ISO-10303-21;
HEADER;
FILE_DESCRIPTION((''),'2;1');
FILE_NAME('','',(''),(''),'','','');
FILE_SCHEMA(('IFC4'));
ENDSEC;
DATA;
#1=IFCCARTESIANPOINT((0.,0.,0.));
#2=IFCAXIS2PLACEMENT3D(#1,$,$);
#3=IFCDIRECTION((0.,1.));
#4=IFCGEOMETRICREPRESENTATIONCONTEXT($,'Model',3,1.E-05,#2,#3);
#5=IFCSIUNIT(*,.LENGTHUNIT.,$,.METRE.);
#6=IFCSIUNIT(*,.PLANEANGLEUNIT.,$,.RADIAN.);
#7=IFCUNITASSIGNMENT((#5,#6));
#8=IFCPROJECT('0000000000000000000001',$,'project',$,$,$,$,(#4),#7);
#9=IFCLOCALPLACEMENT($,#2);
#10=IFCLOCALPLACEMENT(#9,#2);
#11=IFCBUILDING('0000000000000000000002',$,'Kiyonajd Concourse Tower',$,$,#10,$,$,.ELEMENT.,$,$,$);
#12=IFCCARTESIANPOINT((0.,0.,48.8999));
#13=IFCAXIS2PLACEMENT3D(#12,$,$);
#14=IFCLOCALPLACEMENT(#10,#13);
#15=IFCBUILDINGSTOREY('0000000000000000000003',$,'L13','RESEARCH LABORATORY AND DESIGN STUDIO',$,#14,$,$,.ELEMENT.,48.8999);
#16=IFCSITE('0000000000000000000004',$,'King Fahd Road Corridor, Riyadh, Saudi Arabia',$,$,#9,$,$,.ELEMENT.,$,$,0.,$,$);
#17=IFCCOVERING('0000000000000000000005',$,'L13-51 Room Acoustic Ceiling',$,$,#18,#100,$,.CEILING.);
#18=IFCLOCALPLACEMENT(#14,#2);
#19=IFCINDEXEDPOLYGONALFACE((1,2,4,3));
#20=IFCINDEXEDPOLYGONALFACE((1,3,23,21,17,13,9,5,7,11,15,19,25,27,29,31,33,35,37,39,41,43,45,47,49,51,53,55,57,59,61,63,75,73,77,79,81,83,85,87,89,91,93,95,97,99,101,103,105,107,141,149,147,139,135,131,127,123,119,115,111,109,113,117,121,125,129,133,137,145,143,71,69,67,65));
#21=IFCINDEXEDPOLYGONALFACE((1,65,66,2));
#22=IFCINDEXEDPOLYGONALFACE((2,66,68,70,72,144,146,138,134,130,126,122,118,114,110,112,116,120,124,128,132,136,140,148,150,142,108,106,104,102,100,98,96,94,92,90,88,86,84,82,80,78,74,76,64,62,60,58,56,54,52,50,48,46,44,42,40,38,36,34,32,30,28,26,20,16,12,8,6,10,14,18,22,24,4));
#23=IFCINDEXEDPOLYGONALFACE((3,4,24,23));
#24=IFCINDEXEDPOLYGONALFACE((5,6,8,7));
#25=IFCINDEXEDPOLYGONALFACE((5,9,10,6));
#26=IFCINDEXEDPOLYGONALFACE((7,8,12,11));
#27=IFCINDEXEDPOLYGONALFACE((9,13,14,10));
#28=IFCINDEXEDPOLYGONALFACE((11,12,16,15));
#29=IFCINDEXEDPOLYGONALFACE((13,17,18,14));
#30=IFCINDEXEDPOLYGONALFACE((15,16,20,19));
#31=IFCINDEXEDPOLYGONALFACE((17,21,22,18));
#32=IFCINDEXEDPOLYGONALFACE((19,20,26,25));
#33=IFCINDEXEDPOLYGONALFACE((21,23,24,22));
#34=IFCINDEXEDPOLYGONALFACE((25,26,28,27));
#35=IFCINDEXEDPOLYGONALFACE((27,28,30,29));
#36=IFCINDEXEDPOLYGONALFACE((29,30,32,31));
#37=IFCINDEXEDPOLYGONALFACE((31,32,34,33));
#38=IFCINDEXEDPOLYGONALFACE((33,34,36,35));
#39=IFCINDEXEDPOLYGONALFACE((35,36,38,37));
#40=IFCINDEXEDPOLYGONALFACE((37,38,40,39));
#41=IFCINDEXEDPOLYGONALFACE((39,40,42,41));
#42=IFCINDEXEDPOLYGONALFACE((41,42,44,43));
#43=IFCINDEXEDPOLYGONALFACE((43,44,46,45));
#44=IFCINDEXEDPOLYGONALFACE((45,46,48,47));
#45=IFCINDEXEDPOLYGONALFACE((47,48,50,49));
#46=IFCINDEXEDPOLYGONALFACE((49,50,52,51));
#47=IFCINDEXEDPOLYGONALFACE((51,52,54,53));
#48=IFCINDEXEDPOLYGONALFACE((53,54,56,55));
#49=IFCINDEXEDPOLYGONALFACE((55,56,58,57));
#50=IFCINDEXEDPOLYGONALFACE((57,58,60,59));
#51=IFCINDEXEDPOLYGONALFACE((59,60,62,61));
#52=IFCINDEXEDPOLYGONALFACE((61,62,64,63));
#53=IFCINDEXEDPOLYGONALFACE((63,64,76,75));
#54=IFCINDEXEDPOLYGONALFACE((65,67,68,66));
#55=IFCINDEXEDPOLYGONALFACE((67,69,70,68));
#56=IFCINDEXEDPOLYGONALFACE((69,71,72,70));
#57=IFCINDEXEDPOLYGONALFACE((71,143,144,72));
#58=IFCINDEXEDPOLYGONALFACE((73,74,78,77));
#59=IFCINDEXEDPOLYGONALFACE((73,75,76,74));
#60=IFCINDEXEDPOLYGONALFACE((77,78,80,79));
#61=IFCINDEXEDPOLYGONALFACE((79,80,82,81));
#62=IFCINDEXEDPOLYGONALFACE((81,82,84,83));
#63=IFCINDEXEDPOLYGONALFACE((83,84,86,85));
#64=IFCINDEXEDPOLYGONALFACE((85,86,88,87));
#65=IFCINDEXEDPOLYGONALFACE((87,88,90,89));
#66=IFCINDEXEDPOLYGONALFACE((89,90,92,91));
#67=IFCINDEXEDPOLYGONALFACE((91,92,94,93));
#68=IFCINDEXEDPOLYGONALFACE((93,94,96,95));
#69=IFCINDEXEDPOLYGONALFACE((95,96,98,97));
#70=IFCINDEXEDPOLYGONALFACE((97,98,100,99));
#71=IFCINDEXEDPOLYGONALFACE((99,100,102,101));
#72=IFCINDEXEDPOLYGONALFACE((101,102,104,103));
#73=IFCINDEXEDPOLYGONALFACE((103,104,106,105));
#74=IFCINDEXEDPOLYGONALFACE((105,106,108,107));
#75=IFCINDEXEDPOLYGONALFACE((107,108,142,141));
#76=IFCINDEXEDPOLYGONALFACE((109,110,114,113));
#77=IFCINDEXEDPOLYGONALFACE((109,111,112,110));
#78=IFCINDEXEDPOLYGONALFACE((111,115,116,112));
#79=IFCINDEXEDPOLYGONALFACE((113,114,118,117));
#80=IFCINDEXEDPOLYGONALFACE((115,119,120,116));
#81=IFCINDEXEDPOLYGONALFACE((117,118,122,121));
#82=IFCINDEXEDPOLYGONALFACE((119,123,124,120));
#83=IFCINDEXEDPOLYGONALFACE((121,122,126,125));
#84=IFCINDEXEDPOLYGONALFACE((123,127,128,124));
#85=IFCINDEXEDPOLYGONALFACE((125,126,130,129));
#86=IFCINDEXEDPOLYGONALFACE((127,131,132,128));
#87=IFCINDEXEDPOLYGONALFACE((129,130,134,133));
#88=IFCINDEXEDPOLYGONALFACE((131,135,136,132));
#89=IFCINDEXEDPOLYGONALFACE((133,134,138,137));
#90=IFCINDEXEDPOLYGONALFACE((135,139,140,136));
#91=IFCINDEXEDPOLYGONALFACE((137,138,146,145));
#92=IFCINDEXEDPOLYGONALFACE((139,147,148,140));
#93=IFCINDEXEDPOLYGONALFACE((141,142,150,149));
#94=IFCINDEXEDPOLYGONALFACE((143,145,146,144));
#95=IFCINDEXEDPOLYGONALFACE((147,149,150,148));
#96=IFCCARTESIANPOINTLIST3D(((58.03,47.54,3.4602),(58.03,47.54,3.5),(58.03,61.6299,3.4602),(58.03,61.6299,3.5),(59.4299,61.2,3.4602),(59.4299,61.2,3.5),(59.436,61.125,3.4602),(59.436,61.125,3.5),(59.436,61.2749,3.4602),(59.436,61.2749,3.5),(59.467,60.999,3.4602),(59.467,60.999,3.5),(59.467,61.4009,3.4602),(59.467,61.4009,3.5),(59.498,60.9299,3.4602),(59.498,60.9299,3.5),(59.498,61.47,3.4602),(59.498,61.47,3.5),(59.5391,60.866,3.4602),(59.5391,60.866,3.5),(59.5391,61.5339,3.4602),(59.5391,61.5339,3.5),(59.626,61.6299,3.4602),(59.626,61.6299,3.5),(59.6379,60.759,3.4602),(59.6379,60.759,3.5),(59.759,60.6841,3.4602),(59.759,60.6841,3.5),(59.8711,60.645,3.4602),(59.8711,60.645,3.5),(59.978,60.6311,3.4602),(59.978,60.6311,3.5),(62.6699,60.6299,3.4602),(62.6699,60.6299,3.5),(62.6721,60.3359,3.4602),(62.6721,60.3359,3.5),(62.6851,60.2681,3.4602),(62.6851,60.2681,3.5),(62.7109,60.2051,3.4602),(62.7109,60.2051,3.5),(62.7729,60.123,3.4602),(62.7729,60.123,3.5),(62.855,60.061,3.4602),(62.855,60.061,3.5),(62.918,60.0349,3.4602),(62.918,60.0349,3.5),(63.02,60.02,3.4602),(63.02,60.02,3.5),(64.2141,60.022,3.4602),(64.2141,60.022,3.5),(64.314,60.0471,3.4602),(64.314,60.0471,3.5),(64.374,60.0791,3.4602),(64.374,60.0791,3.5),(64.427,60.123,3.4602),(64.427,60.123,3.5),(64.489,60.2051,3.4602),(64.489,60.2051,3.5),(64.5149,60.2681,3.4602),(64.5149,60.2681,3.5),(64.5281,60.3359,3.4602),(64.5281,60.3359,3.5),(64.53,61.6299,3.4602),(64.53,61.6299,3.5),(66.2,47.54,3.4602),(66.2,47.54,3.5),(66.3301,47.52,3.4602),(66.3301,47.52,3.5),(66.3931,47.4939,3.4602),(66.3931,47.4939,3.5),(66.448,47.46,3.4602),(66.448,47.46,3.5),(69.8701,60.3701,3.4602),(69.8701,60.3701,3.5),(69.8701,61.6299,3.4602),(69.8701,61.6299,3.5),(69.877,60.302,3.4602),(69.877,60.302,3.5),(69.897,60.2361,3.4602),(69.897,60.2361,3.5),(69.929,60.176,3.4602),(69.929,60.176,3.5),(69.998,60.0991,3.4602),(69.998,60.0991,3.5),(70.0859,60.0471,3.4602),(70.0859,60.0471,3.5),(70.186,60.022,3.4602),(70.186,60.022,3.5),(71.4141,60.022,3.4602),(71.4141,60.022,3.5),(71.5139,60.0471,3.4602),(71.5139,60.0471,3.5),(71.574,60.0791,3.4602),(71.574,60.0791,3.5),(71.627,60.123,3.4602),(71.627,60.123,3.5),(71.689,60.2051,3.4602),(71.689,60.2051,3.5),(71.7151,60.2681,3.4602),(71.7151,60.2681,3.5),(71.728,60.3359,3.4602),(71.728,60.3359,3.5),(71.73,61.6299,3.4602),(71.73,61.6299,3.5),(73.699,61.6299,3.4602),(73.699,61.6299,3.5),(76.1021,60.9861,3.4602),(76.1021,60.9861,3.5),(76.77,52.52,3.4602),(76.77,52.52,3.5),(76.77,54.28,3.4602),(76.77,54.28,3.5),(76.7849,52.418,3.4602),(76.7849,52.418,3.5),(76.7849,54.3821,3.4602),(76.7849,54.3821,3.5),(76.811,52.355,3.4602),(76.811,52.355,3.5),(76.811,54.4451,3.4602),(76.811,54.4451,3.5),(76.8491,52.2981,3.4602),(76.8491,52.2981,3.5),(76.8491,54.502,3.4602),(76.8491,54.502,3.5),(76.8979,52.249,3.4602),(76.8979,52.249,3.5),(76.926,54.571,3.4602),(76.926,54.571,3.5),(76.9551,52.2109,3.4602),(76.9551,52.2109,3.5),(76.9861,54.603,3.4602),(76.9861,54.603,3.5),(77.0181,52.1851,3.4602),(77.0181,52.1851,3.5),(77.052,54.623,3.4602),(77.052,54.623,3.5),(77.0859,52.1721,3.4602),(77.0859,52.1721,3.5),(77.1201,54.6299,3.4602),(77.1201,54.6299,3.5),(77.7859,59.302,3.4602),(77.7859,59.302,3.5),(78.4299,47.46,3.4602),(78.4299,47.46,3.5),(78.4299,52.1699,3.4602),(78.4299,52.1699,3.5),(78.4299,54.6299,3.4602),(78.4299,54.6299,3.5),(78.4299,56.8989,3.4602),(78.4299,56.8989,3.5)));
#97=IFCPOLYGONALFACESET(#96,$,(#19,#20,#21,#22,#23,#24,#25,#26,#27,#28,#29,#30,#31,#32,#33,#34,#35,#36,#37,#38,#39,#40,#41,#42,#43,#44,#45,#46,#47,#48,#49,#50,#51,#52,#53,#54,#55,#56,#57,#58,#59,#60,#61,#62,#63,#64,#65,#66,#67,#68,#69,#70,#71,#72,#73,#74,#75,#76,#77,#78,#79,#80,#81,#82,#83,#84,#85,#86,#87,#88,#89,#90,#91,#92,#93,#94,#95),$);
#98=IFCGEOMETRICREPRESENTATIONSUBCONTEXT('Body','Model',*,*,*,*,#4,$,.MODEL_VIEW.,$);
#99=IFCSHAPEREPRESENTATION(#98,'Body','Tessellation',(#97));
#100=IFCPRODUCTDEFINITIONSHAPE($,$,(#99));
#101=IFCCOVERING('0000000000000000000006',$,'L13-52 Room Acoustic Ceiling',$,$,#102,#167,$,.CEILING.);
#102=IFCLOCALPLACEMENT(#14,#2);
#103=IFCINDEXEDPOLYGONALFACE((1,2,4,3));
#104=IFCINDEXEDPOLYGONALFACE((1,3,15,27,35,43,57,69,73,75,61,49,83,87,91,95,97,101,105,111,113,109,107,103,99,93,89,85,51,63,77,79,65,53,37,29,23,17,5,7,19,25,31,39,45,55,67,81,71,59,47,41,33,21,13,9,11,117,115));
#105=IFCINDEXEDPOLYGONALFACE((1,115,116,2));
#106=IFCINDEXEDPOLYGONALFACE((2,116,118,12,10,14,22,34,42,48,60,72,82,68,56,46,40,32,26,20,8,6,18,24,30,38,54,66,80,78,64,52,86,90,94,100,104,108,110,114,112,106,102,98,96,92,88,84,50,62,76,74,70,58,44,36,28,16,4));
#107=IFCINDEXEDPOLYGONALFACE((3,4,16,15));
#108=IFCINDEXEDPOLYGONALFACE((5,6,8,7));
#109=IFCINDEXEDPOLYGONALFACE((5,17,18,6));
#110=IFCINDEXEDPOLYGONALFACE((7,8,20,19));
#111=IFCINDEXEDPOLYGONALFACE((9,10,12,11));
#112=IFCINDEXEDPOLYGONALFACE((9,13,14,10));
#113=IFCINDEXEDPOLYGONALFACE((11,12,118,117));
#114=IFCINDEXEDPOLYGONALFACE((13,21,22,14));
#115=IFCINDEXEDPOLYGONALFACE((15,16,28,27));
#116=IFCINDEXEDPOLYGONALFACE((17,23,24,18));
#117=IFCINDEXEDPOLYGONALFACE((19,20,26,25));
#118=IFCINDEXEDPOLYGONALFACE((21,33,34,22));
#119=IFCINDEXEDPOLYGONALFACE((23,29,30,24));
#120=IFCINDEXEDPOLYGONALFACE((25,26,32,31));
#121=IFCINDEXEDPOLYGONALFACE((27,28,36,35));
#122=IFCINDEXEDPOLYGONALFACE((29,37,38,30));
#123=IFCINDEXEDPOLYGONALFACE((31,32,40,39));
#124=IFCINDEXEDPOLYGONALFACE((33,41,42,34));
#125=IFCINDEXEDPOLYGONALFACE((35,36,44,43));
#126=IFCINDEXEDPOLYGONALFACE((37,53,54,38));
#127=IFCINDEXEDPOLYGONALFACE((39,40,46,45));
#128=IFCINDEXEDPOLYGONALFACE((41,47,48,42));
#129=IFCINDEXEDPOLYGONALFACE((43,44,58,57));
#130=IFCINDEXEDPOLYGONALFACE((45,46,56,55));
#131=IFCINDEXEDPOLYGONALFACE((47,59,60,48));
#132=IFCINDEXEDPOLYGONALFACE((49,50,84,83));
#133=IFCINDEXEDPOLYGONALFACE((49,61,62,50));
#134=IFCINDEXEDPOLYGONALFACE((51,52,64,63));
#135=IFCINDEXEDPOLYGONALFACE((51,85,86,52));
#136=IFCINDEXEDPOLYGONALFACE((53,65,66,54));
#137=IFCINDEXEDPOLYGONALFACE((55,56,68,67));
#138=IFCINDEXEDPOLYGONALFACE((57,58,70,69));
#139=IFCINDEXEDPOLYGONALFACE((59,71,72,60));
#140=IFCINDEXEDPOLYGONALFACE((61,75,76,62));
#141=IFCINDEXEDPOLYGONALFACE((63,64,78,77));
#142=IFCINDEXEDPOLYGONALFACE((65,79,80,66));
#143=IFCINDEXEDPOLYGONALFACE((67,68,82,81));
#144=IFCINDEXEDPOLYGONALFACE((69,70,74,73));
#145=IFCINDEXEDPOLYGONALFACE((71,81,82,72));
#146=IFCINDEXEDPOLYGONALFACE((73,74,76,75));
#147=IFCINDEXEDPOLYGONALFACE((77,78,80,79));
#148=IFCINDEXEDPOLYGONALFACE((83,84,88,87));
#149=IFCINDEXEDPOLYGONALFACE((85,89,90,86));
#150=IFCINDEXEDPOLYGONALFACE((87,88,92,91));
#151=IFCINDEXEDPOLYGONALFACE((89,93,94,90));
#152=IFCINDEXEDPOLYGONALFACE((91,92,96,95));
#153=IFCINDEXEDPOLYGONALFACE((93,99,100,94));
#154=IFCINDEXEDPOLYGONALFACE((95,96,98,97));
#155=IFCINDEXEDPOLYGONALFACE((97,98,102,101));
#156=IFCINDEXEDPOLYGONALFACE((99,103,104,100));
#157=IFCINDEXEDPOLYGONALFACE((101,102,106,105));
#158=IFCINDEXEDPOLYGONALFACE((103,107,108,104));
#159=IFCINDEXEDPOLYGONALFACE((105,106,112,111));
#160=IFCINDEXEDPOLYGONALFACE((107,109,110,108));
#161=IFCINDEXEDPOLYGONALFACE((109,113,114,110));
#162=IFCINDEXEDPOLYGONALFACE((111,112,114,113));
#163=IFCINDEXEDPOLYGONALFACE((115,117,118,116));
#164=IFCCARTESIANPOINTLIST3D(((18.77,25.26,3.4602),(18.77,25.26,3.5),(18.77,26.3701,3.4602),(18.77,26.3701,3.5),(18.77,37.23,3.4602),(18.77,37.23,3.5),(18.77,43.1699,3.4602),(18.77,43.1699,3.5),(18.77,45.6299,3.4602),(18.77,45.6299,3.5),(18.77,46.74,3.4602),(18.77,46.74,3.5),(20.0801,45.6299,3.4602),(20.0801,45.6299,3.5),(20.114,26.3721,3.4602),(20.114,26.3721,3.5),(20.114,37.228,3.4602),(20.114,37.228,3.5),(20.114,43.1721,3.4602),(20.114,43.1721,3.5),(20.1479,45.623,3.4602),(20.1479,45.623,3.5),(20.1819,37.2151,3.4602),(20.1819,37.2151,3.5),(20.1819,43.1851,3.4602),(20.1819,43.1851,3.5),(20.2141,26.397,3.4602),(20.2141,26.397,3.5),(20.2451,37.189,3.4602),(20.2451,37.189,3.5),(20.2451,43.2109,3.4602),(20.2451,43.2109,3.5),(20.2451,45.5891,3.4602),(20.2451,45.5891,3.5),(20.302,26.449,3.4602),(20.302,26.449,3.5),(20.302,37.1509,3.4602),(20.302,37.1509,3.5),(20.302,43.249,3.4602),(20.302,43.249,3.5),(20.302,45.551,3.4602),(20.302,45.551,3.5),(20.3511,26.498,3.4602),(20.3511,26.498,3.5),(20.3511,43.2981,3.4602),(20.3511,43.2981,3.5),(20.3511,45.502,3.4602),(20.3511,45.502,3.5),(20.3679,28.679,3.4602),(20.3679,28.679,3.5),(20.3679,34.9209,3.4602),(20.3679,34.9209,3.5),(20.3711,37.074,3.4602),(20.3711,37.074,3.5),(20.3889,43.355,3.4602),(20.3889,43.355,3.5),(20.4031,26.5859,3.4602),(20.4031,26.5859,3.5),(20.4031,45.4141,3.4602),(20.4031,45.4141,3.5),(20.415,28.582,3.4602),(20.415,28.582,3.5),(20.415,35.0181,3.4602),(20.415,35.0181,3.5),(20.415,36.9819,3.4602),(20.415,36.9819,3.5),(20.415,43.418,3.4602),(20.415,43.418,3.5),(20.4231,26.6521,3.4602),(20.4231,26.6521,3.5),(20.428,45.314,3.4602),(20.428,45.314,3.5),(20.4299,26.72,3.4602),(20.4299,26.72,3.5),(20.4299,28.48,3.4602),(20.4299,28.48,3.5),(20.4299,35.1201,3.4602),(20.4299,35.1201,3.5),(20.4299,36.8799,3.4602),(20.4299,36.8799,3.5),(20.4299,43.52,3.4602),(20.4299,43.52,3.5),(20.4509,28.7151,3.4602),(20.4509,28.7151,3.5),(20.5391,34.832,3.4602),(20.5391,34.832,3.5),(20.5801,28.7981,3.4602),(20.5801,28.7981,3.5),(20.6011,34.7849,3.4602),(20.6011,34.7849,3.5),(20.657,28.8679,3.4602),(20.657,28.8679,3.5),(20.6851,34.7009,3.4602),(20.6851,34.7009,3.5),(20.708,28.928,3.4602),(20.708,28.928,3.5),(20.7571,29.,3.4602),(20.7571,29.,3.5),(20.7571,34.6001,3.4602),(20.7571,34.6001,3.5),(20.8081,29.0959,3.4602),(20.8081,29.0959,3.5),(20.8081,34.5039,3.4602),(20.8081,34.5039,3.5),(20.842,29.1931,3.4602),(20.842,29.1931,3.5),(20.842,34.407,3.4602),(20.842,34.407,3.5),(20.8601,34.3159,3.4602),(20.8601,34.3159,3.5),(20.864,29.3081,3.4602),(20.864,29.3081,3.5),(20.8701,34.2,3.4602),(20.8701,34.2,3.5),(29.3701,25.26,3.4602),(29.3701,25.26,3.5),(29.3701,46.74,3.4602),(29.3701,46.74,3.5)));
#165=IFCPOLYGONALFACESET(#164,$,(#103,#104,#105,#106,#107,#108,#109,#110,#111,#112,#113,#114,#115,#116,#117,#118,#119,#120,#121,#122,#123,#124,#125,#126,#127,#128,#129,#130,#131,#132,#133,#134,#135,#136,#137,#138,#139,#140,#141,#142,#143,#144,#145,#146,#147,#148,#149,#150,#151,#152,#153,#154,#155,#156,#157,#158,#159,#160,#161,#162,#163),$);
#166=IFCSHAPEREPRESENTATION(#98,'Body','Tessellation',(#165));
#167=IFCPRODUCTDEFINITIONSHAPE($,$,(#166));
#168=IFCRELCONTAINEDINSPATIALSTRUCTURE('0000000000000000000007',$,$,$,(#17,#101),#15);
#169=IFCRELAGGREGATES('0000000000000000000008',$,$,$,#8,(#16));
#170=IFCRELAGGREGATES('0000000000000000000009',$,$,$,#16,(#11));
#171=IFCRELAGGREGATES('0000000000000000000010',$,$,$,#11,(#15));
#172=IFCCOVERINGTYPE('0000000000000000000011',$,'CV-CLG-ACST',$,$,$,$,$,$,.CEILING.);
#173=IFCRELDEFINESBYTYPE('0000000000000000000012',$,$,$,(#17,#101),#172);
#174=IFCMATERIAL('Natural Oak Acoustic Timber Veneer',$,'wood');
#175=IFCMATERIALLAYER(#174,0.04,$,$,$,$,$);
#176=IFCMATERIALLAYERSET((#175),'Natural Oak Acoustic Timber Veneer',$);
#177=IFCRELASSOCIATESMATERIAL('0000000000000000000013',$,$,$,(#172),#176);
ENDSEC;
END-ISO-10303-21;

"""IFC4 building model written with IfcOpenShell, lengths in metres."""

from ifc_helpers import new_model, si_unit, direction, frame, origin, place, context, subcontext, project, spatial, polyline, outline, extrude, material, layer, layer_set, type_object, element, save


model = new_model("IFC4")

# Units and contexts
model_context = context("Model", 3, precision=1e-05, world=origin(), true_north=direction((0.0, 1.0)))
body_context = subcontext(model_context, "Body", "Model", "MODEL_VIEW")
ifc_project = project(units=[si_unit("LENGTHUNIT", "METRE"), si_unit("PLANEANGLEUNIT", "RADIAN")], contexts=[model_context])

# Site, building, storey
site_placement = place(None, origin())
site = spatial("IfcSite", under=ifc_project, at=site_placement, Name="King Fahd Road Corridor, Riyadh, Saudi Arabia", CompositionType="ELEMENT", RefElevation=0.0)
building_placement = place(site_placement, origin())
building = spatial("IfcBuilding", under=site, at=building_placement, Name="Kiyonajd Concourse Tower", CompositionType="ELEMENT")
storey_placement = place(building_placement, frame((0.0, 0.0, 48.8999)))
storey = spatial("IfcBuildingStorey", under=building, at=storey_placement, Name="L13", Description="RESEARCH LABORATORY AND DESIGN STUDIO", CompositionType="ELEMENT", Elevation=48.8999)

# Coverings
ifc_material_1 = material(Name="Natural Oak Acoustic Timber Veneer", Category="wood")
ifc_layer_1 = layer(ifc_material_1, 0.04)
ifc_layer_set_1 = layer_set([ifc_layer_1], Name="Natural Oak Acoustic Timber Veneer")
covering_type = type_object("IfcCoveringType", Name="CV-CLG-ACST", PredefinedType="CEILING", material=ifc_layer_set_1)
covering_1_placement = place(storey_placement, frame((0.0, 0.0, 3.4602)))
element("IfcCovering", 1, at=covering_1_placement, inside=storey, type_object=covering_type, Name="L13-51 Room Acoustic Ceiling", PredefinedType="CEILING", context=body_context, shape_type="SweptSolid", body=[
    extrude(outline(polyline([(58.03, 47.54), (58.03, 61.6299), (59.626, 61.6299), (59.5391, 61.5339), (59.498, 61.47), (59.467, 61.4009), (59.436, 61.2749), (59.4299, 61.2), (59.436, 61.125), (59.467, 60.999), (59.498, 60.9299), (59.5391, 60.866), (59.6379, 60.759), (59.759, 60.6841), (59.8711, 60.645), (59.978, 60.6311), (62.6699, 60.6299), (62.6721, 60.3359), (62.6851, 60.2681), (62.7109, 60.2051), (62.7729, 60.123), (62.855, 60.061), (62.918, 60.0349), (63.02, 60.02), (64.2141, 60.022), (64.314, 60.0471), (64.374, 60.0791), (64.427, 60.123), (64.489, 60.2051), (64.5149, 60.2681), (64.5281, 60.3359), (64.53, 61.6299), (69.8701, 61.6299), (69.8701, 60.3701), (69.877, 60.302), (69.897, 60.2361), (69.929, 60.176), (69.998, 60.0991), (70.0859, 60.0471), (70.186, 60.022), (71.4141, 60.022), (71.5139, 60.0471), (71.574, 60.0791), (71.627, 60.123), (71.689, 60.2051), (71.7151, 60.2681), (71.728, 60.3359), (71.73, 61.6299), (73.699, 61.6299), (76.1021, 60.9861), (77.7859, 59.302), (78.4299, 56.8989), (78.4299, 54.6299), (77.1201, 54.6299), (77.052, 54.623), (76.9861, 54.603), (76.926, 54.571), (76.8491, 54.502), (76.811, 54.4451), (76.7849, 54.3821), (76.77, 54.28), (76.77, 52.52), (76.7849, 52.418), (76.811, 52.355), (76.8491, 52.2981), (76.8979, 52.249), (76.9551, 52.2109), (77.0181, 52.1851), (77.0859, 52.1721), (78.4299, 52.1699), (78.4299, 47.46), (66.448, 47.46), (66.3931, 47.4939), (66.3301, 47.52), (66.2, 47.54), (58.03, 47.54)])), origin(), (0.0, 0.0, 1.0), 0.0398),
])
covering_2_placement = place(storey_placement, frame((0.0, 0.0, 3.4602)))
element("IfcCovering", 2, at=covering_2_placement, inside=storey, type_object=covering_type, Name="L13-52 Room Acoustic Ceiling", PredefinedType="CEILING", context=body_context, shape_type="SweptSolid", body=[
    extrude(outline(polyline([(20.3679, 28.679), (20.4509, 28.7151), (20.5801, 28.7981), (20.657, 28.8679), (20.708, 28.928), (20.7571, 29.0), (20.8081, 29.0959), (20.842, 29.1931), (20.864, 29.3081), (20.8701, 34.2), (20.8601, 34.3159), (20.842, 34.407), (20.8081, 34.5039), (20.7571, 34.6001), (20.6851, 34.7009), (20.6011, 34.7849), (20.5391, 34.832), (20.3679, 34.9209), (20.415, 35.0181), (20.4299, 35.1201), (20.4299, 36.8799), (20.415, 36.9819), (20.3711, 37.074), (20.302, 37.1509), (20.2451, 37.189), (20.1819, 37.2151), (20.114, 37.228), (18.77, 37.23), (18.77, 43.1699), (20.114, 43.1721), (20.1819, 43.1851), (20.2451, 43.2109), (20.302, 43.249), (20.3511, 43.2981), (20.3889, 43.355), (20.415, 43.418), (20.4299, 43.52), (20.428, 45.314), (20.4031, 45.4141), (20.3511, 45.502), (20.302, 45.551), (20.2451, 45.5891), (20.1479, 45.623), (20.0801, 45.6299), (18.77, 45.6299), (18.77, 46.74), (29.3701, 46.74), (29.3701, 25.26), (18.77, 25.26), (18.77, 26.3701), (20.114, 26.3721), (20.2141, 26.397), (20.302, 26.449), (20.3511, 26.498), (20.4031, 26.5859), (20.4231, 26.6521), (20.4299, 26.72), (20.4299, 28.48), (20.415, 28.582), (20.3679, 28.679)])), origin(), (0.0, 0.0, 1.0), 0.0398),
])

save(model, "model.ifc")
